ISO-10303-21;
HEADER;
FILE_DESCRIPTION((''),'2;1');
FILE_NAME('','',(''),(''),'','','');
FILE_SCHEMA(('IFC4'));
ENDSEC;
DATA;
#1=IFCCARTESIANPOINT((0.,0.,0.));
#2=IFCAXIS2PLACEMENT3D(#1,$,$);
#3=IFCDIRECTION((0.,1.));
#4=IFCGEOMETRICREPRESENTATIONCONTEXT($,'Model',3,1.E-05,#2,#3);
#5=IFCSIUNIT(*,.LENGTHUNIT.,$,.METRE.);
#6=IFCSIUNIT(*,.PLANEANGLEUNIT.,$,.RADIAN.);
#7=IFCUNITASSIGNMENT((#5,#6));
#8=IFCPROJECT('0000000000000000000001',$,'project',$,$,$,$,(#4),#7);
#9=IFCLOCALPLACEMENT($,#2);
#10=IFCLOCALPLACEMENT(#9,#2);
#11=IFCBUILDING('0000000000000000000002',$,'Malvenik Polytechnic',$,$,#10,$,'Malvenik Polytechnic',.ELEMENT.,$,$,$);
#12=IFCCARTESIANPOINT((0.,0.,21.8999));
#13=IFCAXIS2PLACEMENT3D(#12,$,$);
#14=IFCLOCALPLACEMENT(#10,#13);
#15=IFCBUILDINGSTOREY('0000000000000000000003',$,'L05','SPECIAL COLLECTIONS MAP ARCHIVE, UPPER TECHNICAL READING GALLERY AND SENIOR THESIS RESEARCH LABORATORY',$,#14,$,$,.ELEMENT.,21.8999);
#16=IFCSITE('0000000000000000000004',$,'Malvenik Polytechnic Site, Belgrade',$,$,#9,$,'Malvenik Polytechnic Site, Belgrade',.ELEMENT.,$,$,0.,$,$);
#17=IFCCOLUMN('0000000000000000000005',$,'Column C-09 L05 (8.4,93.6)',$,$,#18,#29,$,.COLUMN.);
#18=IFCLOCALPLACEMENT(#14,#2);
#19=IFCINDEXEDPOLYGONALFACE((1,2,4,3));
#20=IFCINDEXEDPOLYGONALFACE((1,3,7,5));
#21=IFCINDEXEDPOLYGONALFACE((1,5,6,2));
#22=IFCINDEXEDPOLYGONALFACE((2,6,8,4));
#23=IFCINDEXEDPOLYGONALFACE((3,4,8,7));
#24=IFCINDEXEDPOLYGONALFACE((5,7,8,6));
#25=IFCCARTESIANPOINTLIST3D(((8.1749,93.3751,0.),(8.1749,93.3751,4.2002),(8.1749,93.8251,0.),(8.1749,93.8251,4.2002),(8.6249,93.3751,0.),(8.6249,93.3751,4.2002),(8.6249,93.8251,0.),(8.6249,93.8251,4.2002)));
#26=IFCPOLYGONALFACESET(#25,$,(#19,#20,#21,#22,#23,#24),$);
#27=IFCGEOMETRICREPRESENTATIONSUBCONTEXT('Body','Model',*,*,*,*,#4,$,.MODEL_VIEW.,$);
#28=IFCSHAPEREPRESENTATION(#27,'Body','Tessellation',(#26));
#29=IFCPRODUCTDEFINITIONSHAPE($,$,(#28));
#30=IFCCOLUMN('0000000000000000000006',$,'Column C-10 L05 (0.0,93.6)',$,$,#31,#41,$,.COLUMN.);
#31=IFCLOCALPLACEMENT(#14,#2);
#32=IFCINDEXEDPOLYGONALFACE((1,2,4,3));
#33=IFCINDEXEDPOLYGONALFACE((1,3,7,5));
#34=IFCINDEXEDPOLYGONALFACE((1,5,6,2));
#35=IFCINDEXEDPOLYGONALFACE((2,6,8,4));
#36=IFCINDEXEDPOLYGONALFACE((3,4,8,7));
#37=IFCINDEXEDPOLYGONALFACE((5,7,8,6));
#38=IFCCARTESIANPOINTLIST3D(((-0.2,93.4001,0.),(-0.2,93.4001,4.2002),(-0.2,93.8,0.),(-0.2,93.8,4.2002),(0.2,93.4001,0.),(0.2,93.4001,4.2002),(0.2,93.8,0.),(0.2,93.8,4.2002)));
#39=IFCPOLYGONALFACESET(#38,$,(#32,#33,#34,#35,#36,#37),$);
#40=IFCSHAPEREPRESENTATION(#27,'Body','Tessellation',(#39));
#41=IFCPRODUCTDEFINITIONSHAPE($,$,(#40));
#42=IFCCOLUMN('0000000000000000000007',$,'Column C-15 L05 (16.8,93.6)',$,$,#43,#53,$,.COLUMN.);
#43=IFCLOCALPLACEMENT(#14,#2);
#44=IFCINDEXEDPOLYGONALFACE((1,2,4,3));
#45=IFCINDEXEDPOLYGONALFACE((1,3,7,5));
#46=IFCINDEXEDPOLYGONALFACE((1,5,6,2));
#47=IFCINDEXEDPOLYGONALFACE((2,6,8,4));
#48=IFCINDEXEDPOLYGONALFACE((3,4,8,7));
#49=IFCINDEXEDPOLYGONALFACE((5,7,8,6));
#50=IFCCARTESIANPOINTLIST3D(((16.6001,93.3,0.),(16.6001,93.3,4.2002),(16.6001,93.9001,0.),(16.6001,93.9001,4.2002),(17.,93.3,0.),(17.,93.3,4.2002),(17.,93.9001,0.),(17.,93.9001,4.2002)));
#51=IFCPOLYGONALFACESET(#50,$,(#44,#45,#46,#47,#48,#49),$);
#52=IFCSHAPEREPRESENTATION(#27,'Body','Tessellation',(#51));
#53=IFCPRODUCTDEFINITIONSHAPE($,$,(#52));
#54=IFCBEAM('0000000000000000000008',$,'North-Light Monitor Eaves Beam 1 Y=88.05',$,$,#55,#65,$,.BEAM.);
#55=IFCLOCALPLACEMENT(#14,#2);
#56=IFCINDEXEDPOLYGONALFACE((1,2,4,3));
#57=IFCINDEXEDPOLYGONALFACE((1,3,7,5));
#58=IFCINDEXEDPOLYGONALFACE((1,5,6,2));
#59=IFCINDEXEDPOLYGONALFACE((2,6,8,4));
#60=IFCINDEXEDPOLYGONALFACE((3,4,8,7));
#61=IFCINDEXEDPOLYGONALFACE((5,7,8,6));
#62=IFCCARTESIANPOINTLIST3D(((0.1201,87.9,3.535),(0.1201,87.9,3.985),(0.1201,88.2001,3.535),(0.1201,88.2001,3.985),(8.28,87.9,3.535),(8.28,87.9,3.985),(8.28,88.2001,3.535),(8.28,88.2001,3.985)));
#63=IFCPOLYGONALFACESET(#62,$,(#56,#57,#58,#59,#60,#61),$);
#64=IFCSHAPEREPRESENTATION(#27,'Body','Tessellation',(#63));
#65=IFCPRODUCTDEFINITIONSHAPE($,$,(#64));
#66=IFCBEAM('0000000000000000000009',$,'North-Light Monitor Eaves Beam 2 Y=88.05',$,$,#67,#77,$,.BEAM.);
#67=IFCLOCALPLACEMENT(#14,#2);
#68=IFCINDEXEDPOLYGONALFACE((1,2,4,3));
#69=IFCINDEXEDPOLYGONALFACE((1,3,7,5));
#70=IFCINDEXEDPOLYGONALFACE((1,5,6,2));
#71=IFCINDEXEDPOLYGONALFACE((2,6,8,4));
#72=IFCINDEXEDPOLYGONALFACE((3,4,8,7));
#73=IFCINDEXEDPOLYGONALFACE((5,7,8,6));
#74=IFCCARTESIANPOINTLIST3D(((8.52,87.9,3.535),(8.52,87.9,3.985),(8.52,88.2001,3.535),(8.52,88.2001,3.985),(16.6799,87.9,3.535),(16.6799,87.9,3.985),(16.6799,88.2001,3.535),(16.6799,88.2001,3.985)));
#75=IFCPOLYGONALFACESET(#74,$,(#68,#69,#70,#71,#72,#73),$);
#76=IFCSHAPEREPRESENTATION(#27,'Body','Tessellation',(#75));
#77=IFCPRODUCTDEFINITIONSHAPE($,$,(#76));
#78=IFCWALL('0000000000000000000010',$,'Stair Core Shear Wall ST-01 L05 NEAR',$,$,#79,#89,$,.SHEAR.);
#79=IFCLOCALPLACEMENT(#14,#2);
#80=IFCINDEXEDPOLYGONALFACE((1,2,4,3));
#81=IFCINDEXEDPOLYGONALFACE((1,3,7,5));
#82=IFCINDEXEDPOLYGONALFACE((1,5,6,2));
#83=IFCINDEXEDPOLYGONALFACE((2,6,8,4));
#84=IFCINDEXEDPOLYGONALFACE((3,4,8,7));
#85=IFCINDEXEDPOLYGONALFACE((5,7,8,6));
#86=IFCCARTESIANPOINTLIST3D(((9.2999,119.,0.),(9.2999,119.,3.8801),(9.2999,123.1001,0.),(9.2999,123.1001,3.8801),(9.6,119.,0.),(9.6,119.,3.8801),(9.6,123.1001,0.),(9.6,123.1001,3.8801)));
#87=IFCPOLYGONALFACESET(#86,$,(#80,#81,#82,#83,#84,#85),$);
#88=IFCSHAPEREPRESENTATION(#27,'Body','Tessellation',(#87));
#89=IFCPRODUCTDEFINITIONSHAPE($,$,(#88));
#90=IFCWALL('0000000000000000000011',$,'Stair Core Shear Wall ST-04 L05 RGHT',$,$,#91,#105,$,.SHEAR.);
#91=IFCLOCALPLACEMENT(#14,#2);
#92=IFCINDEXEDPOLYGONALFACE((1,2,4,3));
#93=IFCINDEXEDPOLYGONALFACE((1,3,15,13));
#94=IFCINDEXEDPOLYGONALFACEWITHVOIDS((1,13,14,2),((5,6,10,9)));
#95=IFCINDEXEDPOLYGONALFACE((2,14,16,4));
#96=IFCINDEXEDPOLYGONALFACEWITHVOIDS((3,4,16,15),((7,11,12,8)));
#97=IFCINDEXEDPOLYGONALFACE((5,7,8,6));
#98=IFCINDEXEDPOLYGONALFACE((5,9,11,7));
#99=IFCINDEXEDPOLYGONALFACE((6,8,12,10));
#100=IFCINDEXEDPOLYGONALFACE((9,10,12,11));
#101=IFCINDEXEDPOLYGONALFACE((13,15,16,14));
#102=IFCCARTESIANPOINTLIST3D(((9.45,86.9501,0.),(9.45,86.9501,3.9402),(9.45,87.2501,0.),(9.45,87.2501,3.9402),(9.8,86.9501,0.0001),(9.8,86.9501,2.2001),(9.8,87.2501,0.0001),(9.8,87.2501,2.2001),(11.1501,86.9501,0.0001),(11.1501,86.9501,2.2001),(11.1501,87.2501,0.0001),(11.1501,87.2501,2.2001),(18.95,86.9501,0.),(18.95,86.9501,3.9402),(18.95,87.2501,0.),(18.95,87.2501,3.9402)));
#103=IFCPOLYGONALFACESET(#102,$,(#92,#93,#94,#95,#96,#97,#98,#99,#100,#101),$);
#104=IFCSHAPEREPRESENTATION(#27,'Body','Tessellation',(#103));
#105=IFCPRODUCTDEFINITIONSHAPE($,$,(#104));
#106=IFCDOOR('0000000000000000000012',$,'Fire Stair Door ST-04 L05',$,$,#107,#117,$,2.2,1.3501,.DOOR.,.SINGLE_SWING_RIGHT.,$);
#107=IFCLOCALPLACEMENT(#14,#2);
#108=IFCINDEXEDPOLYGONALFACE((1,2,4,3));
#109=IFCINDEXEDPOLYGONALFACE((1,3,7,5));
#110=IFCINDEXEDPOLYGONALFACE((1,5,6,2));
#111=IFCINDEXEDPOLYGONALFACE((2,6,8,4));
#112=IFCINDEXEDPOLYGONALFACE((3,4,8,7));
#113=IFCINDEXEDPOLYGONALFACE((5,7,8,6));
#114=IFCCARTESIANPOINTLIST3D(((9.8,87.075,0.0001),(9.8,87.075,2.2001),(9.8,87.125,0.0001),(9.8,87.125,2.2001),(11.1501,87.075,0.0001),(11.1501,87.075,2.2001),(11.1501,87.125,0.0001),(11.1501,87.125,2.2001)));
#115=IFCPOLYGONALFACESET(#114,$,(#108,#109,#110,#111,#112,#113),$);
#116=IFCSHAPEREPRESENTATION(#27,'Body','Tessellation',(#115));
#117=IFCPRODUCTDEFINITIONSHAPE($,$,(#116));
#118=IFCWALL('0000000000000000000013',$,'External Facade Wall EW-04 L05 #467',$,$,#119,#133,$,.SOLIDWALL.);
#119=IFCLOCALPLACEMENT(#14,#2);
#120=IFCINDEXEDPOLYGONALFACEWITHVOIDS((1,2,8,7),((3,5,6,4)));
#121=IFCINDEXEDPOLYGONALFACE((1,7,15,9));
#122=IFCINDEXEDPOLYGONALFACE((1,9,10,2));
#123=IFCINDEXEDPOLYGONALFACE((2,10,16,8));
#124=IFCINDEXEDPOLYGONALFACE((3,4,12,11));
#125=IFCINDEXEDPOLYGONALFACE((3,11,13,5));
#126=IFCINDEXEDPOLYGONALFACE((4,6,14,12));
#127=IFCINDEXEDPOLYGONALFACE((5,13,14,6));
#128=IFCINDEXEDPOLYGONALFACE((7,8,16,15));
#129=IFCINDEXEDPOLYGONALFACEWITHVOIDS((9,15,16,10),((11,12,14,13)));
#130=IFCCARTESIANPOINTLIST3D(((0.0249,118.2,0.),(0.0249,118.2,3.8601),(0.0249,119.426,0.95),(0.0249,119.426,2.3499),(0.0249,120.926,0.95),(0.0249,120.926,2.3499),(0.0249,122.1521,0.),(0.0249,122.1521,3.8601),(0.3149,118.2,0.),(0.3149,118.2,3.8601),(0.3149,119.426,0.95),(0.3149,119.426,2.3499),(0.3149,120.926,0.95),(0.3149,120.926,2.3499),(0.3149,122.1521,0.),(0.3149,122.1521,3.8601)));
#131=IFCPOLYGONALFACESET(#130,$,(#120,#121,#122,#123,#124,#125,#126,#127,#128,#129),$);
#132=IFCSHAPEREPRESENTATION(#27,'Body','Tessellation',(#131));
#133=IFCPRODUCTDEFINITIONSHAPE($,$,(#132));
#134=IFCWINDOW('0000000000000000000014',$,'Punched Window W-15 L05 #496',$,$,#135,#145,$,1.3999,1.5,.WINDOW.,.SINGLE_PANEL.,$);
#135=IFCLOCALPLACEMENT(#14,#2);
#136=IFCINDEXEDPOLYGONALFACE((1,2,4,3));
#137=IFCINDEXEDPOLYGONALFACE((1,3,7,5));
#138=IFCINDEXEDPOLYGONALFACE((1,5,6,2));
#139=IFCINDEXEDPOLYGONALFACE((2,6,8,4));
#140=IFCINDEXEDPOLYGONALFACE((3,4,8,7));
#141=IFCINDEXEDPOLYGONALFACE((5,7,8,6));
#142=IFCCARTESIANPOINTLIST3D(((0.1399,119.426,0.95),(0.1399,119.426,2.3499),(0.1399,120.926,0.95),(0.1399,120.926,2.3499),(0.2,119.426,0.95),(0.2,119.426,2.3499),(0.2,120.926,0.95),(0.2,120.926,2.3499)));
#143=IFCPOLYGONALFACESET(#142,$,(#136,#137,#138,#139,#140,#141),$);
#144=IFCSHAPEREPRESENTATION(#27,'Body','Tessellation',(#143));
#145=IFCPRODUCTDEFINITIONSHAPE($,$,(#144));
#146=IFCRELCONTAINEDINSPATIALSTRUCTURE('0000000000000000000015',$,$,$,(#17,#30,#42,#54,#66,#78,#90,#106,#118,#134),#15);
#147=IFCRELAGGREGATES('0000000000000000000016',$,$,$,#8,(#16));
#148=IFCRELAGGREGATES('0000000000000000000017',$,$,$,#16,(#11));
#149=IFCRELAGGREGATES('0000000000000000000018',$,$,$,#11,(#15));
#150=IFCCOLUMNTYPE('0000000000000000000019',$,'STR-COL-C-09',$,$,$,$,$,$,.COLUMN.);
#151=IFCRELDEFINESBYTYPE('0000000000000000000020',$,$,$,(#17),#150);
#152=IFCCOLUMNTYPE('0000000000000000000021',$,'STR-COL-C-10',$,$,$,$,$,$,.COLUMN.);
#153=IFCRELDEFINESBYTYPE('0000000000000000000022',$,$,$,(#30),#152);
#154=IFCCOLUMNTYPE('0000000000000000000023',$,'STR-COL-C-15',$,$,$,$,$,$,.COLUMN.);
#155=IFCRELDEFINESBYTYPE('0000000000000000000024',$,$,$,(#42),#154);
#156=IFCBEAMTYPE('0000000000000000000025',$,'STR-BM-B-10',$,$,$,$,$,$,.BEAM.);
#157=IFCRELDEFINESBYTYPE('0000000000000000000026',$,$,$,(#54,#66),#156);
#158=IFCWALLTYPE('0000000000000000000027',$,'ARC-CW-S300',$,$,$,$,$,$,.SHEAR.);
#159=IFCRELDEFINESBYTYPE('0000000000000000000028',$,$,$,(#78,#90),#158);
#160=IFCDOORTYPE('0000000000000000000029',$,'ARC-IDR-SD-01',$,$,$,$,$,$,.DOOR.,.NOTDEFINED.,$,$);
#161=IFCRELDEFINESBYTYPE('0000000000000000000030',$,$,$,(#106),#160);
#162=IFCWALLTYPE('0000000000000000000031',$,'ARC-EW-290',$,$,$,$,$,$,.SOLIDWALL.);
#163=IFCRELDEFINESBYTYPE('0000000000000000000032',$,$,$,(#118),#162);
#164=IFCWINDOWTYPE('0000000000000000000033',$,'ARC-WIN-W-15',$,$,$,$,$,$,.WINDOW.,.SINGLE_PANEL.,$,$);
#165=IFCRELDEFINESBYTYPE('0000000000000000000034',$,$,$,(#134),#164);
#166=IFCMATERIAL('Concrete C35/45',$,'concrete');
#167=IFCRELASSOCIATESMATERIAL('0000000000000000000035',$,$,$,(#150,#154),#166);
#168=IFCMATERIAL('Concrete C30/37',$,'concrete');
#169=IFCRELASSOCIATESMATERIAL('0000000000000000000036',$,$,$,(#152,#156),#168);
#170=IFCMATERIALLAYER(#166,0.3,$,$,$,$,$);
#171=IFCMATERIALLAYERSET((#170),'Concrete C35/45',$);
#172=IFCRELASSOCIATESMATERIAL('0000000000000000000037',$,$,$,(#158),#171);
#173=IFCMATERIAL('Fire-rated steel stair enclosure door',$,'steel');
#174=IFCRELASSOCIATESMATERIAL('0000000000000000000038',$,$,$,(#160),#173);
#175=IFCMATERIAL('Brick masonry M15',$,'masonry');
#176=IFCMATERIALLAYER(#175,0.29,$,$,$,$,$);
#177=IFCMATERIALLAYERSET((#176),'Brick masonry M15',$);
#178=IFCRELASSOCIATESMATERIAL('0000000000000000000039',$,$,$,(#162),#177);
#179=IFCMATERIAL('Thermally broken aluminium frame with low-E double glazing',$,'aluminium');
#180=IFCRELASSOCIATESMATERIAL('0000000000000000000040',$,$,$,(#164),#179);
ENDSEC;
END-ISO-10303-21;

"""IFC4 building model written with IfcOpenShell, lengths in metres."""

from ifc_helpers import new_model, si_unit, direction, frame, frame_2d, origin, origin_2d, place, context, subcontext, project, spatial, rectangle, extrude, material, layer, layer_set, material_profile, profile_set, type_object, element, fill, save


model = new_model("IFC4")

# Units and contexts
model_context = context("Model", 3, precision=1e-05, world=origin(), true_north=direction((0.0, 1.0)))
body_context = subcontext(model_context, "Body", "Model", "MODEL_VIEW")
ifc_project = project(units=[si_unit("LENGTHUNIT", "METRE"), si_unit("PLANEANGLEUNIT", "RADIAN")], contexts=[model_context])

# Site, building, storey
site_placement = place(None, origin())
site = spatial("IfcSite", under=ifc_project, at=site_placement, Name="Malvenik Polytechnic Site, Belgrade", LongName="Malvenik Polytechnic Site, Belgrade", CompositionType="ELEMENT", RefElevation=0.0)
building_placement = place(site_placement, origin())
building = spatial("IfcBuilding", under=site, at=building_placement, Name="Malvenik Polytechnic", LongName="Malvenik Polytechnic", CompositionType="ELEMENT")
storey_placement = place(building_placement, frame((0.0, 0.0, 21.8999)))
storey = spatial("IfcBuildingStorey", under=building, at=storey_placement, Name="L05", Description="SPECIAL COLLECTIONS MAP ARCHIVE, UPPER TECHNICAL READING GALLERY AND SENIOR THESIS RESEARCH LABORATORY", CompositionType="ELEMENT", Elevation=21.8999)

# Columns
ifc_material_1 = material(Name="Concrete C35/45", Category="concrete")
ifc_material_profile_1 = material_profile(ifc_material_1, rectangle(XDim=0.45, YDim=0.45, at=origin_2d()), Name="RC COL 450x450")
ifc_profile_set_1 = profile_set([ifc_material_profile_1], Name="Concrete C35/45")
column_type_1 = type_object("IfcColumnType", Name="STR-COL-C-09", PredefinedType="COLUMN", material=ifc_profile_set_1)
column_1_placement = place(storey_placement, frame((8.3999, 93.6001, 0.0), z_axis=(0.0, 0.0, 1.0), x_axis=(1.0, 0.0, 0.0)))
element("IfcColumn", 1, at=column_1_placement, inside=storey, type_object=column_type_1, Name="Column C-09 L05 (8.4,93.6)", PredefinedType="COLUMN", context=body_context, shape_type="SweptSolid", body=[
    extrude(rectangle(XDim=0.45, YDim=0.45, at=origin_2d()), origin(), (0.0, 0.0, 1.0), 4.2002),
])
ifc_material_2 = material(Name="Concrete C30/37", Category="concrete")
ifc_material_profile_2 = material_profile(ifc_material_2, rectangle(XDim=0.3999, YDim=0.3999, at=origin_2d()), Name="RC COL 400x400")
ifc_profile_set_2 = profile_set([ifc_material_profile_2], Name="Concrete C30/37")
column_type_2 = type_object("IfcColumnType", Name="STR-COL-C-10", PredefinedType="COLUMN", material=ifc_profile_set_2)
column_2_placement = place(storey_placement, frame((0.0, 93.6001, 0.0), z_axis=(0.0, 0.0, 1.0), x_axis=(1.0, 0.0, 0.0)))
element("IfcColumn", 2, at=column_2_placement, inside=storey, type_object=column_type_2, Name="Column C-10 L05 (0.0,93.6)", PredefinedType="COLUMN", context=body_context, shape_type="SweptSolid", body=[
    extrude(rectangle(XDim=0.3999, YDim=0.3999, at=origin_2d()), origin(), (0.0, 0.0, 1.0), 4.2002),
])
ifc_material_profile_3 = material_profile(ifc_material_1, rectangle(XDim=0.3999, YDim=0.6001, at=origin_2d()), Name="RC COL 600x400")
ifc_profile_set_3 = profile_set([ifc_material_profile_3], Name="Concrete C35/45")
column_type_3 = type_object("IfcColumnType", Name="STR-COL-C-15", PredefinedType="COLUMN", material=ifc_profile_set_3)
column_3_placement = place(storey_placement, frame((16.8, 93.6001, 0.0), z_axis=(0.0, 0.0, 1.0), x_axis=(1.0, 0.0, 0.0)))
element("IfcColumn", 3, at=column_3_placement, inside=storey, type_object=column_type_3, Name="Column C-15 L05 (16.8,93.6)", PredefinedType="COLUMN", context=body_context, shape_type="SweptSolid", body=[
    extrude(rectangle(XDim=0.3999, YDim=0.6001, at=origin_2d()), origin(), (0.0, 0.0, 1.0), 4.2002),
])

# Beams
ifc_material_profile_4 = material_profile(ifc_material_2, rectangle(XDim=0.3, YDim=0.45, at=origin_2d()), Name="RC BM 300x450")
ifc_profile_set_4 = profile_set([ifc_material_profile_4], Name="Concrete C30/37")
beam_type = type_object("IfcBeamType", Name="STR-BM-B-10", PredefinedType="BEAM", material=ifc_profile_set_4)
for number, where, z_axis, x_axis, name in (
    (4, (0.1201, 88.05, 3.76), (1.0, 0.0, 0.0), (0.0, 1.0, 0.0), "North-Light Monitor Eaves Beam 1 Y=88.05"),
    (5, (8.52, 88.05, 3.76), (1.0, 0.0, 0.0), (0.0, 1.0, 0.0), "North-Light Monitor Eaves Beam 2 Y=88.05"),
):
    element("IfcBeam", number, at=place(storey_placement, frame(where, z_axis=z_axis, x_axis=x_axis)), inside=storey, type_object=beam_type, Name=name, PredefinedType="BEAM", context=body_context, shape_type="SweptSolid", body=[
        extrude(rectangle(XDim=0.3, YDim=0.45, at=origin_2d()), origin(), (0.0, 0.0, 1.0), 8.1599),
    ])

# Wall
ifc_layer_1 = layer(ifc_material_1, 0.3)
ifc_layer_set_1 = layer_set([ifc_layer_1], Name="Concrete C35/45")
wall_type_1 = type_object("IfcWallType", Name="ARC-CW-S300", PredefinedType="SHEAR", material=ifc_layer_set_1)
wall_1_placement = place(storey_placement, frame((9.45, 119.0, 0.0), z_axis=(0.0, 0.0, 1.0), x_axis=(0.0, 1.0, 0.0)))
element("IfcWall", 6, at=wall_1_placement, inside=storey, type_object=wall_type_1, Name="Stair Core Shear Wall ST-01 L05 NEAR", PredefinedType="SHEAR", context=body_context, shape_type="SweptSolid", body=[
    extrude(rectangle(XDim=4.1001, YDim=0.3, at=frame_2d((2.05, 0.0))), origin(), (0.0, 0.0, 1.0), 3.8801),
])

# Wall, opening, door
wall_2_placement = place(storey_placement, frame((9.45, 87.1001, 0.0), z_axis=(0.0, 0.0, 1.0), x_axis=(1.0, 0.0, 0.0)))
wall_2 = element("IfcWall", 7, at=wall_2_placement, inside=storey, type_object=wall_type_1, Name="Stair Core Shear Wall ST-04 L05 RGHT", PredefinedType="SHEAR", context=body_context, shape_type="SweptSolid", body=[
    extrude(rectangle(XDim=9.5, YDim=0.3, at=frame_2d((4.75, 0.0))), origin(), (0.0, 0.0, 1.0), 3.9402),
])
opening_1_placement = place(wall_2_placement, frame((0.3501, 0.0, 0.0)))
opening_1 = element("IfcOpeningElement", 8, at=opening_1_placement, cuts=wall_2, PredefinedType="OPENING", context=body_context, shape_type="SweptSolid", body=[
    extrude(rectangle(XDim=1.3501, YDim=2.2, at=frame_2d((0.675, 1.1001))), frame((0.0, 0.1602, 0.0), z_axis=(0.0, -1.0, 0.0), x_axis=(1.0, 0.0, 0.0)), (0.0, 0.0, 1.0), 0.3201),
])
ifc_material_3 = material(Name="Fire-rated steel stair enclosure door", Category="steel")
door_type_1 = type_object("IfcDoorType", Name="ARC-IDR-SD-01", OperationType="NOTDEFINED", PredefinedType="DOOR", material=ifc_material_3)
door_1_placement = place(opening_1_placement, origin())
door_1 = element("IfcDoor", 9, at=door_1_placement, inside=storey, type_object=door_type_1, Name="Fire Stair Door ST-04 L05", OperationType="SINGLE_SWING_RIGHT", OverallHeight=2.2, OverallWidth=1.3501, PredefinedType="DOOR", context=body_context, shape_type="SweptSolid", body=[
    extrude(rectangle(XDim=1.3501, YDim=2.2, at=frame_2d((0.675, 1.1001))), frame((0.0, 0.0249, 0.0), z_axis=(0.0, -1.0, 0.0), x_axis=(1.0, 0.0, 0.0)), (0.0, 0.0, 1.0), 0.05),
])
fill(opening_1, door_1)

# Wall, opening, window
ifc_material_4 = material(Name="Brick masonry M15", Category="masonry")
ifc_layer_2 = layer(ifc_material_4, 0.29)
ifc_layer_set_2 = layer_set([ifc_layer_2], Name="Brick masonry M15")
wall_type_2 = type_object("IfcWallType", Name="ARC-EW-290", PredefinedType="SOLIDWALL", material=ifc_layer_set_2)
wall_3_placement = place(storey_placement, frame((0.1699, 118.2, 0.0), z_axis=(0.0, 0.0, 1.0), x_axis=(0.0, 1.0, 0.0)))
wall_3 = element("IfcWall", 10, at=wall_3_placement, inside=storey, type_object=wall_type_2, Name="External Facade Wall EW-04 L05 #467", PredefinedType="SOLIDWALL", context=body_context, shape_type="SweptSolid", body=[
    extrude(rectangle(XDim=3.9521, YDim=0.29, at=frame_2d((1.9761, 0.0))), origin(), (0.0, 0.0, 1.0), 3.8601),
])
opening_2_placement = place(wall_3_placement, frame((1.2261, 0.0, 0.95)))
opening_2 = element("IfcOpeningElement", 11, at=opening_2_placement, cuts=wall_3, PredefinedType="OPENING", context=body_context, shape_type="SweptSolid", body=[
    extrude(rectangle(XDim=1.5, YDim=1.3999, at=frame_2d((0.75, 0.7))), frame((0.0, 0.155, 0.0), z_axis=(0.0, -1.0, 0.0), x_axis=(1.0, 0.0, 0.0)), (0.0, 0.0, 1.0), 0.3101),
])
ifc_material_5 = material(Name="Thermally broken aluminium frame with low-E double glazing", Category="aluminium")
window_type_1 = type_object("IfcWindowType", Name="ARC-WIN-W-15", PartitioningType="SINGLE_PANEL", PredefinedType="WINDOW", material=ifc_material_5)
window_1_placement = place(opening_2_placement, origin())
window_1 = element("IfcWindow", 12, at=window_1_placement, inside=storey, type_object=window_type_1, Name="Punched Window W-15 L05 #496", OverallHeight=1.3999, OverallWidth=1.5, PartitioningType="SINGLE_PANEL", PredefinedType="WINDOW", context=body_context, shape_type="SweptSolid", body=[
    extrude(rectangle(XDim=1.5, YDim=1.3999, at=frame_2d((0.75, 0.7))), frame((0.0, 0.03, 0.0), z_axis=(0.0, -1.0, 0.0), x_axis=(1.0, 0.0, 0.0)), (0.0, 0.0, 1.0), 0.0601),
])
fill(opening_2, window_1)

save(model, "model.ifc")
